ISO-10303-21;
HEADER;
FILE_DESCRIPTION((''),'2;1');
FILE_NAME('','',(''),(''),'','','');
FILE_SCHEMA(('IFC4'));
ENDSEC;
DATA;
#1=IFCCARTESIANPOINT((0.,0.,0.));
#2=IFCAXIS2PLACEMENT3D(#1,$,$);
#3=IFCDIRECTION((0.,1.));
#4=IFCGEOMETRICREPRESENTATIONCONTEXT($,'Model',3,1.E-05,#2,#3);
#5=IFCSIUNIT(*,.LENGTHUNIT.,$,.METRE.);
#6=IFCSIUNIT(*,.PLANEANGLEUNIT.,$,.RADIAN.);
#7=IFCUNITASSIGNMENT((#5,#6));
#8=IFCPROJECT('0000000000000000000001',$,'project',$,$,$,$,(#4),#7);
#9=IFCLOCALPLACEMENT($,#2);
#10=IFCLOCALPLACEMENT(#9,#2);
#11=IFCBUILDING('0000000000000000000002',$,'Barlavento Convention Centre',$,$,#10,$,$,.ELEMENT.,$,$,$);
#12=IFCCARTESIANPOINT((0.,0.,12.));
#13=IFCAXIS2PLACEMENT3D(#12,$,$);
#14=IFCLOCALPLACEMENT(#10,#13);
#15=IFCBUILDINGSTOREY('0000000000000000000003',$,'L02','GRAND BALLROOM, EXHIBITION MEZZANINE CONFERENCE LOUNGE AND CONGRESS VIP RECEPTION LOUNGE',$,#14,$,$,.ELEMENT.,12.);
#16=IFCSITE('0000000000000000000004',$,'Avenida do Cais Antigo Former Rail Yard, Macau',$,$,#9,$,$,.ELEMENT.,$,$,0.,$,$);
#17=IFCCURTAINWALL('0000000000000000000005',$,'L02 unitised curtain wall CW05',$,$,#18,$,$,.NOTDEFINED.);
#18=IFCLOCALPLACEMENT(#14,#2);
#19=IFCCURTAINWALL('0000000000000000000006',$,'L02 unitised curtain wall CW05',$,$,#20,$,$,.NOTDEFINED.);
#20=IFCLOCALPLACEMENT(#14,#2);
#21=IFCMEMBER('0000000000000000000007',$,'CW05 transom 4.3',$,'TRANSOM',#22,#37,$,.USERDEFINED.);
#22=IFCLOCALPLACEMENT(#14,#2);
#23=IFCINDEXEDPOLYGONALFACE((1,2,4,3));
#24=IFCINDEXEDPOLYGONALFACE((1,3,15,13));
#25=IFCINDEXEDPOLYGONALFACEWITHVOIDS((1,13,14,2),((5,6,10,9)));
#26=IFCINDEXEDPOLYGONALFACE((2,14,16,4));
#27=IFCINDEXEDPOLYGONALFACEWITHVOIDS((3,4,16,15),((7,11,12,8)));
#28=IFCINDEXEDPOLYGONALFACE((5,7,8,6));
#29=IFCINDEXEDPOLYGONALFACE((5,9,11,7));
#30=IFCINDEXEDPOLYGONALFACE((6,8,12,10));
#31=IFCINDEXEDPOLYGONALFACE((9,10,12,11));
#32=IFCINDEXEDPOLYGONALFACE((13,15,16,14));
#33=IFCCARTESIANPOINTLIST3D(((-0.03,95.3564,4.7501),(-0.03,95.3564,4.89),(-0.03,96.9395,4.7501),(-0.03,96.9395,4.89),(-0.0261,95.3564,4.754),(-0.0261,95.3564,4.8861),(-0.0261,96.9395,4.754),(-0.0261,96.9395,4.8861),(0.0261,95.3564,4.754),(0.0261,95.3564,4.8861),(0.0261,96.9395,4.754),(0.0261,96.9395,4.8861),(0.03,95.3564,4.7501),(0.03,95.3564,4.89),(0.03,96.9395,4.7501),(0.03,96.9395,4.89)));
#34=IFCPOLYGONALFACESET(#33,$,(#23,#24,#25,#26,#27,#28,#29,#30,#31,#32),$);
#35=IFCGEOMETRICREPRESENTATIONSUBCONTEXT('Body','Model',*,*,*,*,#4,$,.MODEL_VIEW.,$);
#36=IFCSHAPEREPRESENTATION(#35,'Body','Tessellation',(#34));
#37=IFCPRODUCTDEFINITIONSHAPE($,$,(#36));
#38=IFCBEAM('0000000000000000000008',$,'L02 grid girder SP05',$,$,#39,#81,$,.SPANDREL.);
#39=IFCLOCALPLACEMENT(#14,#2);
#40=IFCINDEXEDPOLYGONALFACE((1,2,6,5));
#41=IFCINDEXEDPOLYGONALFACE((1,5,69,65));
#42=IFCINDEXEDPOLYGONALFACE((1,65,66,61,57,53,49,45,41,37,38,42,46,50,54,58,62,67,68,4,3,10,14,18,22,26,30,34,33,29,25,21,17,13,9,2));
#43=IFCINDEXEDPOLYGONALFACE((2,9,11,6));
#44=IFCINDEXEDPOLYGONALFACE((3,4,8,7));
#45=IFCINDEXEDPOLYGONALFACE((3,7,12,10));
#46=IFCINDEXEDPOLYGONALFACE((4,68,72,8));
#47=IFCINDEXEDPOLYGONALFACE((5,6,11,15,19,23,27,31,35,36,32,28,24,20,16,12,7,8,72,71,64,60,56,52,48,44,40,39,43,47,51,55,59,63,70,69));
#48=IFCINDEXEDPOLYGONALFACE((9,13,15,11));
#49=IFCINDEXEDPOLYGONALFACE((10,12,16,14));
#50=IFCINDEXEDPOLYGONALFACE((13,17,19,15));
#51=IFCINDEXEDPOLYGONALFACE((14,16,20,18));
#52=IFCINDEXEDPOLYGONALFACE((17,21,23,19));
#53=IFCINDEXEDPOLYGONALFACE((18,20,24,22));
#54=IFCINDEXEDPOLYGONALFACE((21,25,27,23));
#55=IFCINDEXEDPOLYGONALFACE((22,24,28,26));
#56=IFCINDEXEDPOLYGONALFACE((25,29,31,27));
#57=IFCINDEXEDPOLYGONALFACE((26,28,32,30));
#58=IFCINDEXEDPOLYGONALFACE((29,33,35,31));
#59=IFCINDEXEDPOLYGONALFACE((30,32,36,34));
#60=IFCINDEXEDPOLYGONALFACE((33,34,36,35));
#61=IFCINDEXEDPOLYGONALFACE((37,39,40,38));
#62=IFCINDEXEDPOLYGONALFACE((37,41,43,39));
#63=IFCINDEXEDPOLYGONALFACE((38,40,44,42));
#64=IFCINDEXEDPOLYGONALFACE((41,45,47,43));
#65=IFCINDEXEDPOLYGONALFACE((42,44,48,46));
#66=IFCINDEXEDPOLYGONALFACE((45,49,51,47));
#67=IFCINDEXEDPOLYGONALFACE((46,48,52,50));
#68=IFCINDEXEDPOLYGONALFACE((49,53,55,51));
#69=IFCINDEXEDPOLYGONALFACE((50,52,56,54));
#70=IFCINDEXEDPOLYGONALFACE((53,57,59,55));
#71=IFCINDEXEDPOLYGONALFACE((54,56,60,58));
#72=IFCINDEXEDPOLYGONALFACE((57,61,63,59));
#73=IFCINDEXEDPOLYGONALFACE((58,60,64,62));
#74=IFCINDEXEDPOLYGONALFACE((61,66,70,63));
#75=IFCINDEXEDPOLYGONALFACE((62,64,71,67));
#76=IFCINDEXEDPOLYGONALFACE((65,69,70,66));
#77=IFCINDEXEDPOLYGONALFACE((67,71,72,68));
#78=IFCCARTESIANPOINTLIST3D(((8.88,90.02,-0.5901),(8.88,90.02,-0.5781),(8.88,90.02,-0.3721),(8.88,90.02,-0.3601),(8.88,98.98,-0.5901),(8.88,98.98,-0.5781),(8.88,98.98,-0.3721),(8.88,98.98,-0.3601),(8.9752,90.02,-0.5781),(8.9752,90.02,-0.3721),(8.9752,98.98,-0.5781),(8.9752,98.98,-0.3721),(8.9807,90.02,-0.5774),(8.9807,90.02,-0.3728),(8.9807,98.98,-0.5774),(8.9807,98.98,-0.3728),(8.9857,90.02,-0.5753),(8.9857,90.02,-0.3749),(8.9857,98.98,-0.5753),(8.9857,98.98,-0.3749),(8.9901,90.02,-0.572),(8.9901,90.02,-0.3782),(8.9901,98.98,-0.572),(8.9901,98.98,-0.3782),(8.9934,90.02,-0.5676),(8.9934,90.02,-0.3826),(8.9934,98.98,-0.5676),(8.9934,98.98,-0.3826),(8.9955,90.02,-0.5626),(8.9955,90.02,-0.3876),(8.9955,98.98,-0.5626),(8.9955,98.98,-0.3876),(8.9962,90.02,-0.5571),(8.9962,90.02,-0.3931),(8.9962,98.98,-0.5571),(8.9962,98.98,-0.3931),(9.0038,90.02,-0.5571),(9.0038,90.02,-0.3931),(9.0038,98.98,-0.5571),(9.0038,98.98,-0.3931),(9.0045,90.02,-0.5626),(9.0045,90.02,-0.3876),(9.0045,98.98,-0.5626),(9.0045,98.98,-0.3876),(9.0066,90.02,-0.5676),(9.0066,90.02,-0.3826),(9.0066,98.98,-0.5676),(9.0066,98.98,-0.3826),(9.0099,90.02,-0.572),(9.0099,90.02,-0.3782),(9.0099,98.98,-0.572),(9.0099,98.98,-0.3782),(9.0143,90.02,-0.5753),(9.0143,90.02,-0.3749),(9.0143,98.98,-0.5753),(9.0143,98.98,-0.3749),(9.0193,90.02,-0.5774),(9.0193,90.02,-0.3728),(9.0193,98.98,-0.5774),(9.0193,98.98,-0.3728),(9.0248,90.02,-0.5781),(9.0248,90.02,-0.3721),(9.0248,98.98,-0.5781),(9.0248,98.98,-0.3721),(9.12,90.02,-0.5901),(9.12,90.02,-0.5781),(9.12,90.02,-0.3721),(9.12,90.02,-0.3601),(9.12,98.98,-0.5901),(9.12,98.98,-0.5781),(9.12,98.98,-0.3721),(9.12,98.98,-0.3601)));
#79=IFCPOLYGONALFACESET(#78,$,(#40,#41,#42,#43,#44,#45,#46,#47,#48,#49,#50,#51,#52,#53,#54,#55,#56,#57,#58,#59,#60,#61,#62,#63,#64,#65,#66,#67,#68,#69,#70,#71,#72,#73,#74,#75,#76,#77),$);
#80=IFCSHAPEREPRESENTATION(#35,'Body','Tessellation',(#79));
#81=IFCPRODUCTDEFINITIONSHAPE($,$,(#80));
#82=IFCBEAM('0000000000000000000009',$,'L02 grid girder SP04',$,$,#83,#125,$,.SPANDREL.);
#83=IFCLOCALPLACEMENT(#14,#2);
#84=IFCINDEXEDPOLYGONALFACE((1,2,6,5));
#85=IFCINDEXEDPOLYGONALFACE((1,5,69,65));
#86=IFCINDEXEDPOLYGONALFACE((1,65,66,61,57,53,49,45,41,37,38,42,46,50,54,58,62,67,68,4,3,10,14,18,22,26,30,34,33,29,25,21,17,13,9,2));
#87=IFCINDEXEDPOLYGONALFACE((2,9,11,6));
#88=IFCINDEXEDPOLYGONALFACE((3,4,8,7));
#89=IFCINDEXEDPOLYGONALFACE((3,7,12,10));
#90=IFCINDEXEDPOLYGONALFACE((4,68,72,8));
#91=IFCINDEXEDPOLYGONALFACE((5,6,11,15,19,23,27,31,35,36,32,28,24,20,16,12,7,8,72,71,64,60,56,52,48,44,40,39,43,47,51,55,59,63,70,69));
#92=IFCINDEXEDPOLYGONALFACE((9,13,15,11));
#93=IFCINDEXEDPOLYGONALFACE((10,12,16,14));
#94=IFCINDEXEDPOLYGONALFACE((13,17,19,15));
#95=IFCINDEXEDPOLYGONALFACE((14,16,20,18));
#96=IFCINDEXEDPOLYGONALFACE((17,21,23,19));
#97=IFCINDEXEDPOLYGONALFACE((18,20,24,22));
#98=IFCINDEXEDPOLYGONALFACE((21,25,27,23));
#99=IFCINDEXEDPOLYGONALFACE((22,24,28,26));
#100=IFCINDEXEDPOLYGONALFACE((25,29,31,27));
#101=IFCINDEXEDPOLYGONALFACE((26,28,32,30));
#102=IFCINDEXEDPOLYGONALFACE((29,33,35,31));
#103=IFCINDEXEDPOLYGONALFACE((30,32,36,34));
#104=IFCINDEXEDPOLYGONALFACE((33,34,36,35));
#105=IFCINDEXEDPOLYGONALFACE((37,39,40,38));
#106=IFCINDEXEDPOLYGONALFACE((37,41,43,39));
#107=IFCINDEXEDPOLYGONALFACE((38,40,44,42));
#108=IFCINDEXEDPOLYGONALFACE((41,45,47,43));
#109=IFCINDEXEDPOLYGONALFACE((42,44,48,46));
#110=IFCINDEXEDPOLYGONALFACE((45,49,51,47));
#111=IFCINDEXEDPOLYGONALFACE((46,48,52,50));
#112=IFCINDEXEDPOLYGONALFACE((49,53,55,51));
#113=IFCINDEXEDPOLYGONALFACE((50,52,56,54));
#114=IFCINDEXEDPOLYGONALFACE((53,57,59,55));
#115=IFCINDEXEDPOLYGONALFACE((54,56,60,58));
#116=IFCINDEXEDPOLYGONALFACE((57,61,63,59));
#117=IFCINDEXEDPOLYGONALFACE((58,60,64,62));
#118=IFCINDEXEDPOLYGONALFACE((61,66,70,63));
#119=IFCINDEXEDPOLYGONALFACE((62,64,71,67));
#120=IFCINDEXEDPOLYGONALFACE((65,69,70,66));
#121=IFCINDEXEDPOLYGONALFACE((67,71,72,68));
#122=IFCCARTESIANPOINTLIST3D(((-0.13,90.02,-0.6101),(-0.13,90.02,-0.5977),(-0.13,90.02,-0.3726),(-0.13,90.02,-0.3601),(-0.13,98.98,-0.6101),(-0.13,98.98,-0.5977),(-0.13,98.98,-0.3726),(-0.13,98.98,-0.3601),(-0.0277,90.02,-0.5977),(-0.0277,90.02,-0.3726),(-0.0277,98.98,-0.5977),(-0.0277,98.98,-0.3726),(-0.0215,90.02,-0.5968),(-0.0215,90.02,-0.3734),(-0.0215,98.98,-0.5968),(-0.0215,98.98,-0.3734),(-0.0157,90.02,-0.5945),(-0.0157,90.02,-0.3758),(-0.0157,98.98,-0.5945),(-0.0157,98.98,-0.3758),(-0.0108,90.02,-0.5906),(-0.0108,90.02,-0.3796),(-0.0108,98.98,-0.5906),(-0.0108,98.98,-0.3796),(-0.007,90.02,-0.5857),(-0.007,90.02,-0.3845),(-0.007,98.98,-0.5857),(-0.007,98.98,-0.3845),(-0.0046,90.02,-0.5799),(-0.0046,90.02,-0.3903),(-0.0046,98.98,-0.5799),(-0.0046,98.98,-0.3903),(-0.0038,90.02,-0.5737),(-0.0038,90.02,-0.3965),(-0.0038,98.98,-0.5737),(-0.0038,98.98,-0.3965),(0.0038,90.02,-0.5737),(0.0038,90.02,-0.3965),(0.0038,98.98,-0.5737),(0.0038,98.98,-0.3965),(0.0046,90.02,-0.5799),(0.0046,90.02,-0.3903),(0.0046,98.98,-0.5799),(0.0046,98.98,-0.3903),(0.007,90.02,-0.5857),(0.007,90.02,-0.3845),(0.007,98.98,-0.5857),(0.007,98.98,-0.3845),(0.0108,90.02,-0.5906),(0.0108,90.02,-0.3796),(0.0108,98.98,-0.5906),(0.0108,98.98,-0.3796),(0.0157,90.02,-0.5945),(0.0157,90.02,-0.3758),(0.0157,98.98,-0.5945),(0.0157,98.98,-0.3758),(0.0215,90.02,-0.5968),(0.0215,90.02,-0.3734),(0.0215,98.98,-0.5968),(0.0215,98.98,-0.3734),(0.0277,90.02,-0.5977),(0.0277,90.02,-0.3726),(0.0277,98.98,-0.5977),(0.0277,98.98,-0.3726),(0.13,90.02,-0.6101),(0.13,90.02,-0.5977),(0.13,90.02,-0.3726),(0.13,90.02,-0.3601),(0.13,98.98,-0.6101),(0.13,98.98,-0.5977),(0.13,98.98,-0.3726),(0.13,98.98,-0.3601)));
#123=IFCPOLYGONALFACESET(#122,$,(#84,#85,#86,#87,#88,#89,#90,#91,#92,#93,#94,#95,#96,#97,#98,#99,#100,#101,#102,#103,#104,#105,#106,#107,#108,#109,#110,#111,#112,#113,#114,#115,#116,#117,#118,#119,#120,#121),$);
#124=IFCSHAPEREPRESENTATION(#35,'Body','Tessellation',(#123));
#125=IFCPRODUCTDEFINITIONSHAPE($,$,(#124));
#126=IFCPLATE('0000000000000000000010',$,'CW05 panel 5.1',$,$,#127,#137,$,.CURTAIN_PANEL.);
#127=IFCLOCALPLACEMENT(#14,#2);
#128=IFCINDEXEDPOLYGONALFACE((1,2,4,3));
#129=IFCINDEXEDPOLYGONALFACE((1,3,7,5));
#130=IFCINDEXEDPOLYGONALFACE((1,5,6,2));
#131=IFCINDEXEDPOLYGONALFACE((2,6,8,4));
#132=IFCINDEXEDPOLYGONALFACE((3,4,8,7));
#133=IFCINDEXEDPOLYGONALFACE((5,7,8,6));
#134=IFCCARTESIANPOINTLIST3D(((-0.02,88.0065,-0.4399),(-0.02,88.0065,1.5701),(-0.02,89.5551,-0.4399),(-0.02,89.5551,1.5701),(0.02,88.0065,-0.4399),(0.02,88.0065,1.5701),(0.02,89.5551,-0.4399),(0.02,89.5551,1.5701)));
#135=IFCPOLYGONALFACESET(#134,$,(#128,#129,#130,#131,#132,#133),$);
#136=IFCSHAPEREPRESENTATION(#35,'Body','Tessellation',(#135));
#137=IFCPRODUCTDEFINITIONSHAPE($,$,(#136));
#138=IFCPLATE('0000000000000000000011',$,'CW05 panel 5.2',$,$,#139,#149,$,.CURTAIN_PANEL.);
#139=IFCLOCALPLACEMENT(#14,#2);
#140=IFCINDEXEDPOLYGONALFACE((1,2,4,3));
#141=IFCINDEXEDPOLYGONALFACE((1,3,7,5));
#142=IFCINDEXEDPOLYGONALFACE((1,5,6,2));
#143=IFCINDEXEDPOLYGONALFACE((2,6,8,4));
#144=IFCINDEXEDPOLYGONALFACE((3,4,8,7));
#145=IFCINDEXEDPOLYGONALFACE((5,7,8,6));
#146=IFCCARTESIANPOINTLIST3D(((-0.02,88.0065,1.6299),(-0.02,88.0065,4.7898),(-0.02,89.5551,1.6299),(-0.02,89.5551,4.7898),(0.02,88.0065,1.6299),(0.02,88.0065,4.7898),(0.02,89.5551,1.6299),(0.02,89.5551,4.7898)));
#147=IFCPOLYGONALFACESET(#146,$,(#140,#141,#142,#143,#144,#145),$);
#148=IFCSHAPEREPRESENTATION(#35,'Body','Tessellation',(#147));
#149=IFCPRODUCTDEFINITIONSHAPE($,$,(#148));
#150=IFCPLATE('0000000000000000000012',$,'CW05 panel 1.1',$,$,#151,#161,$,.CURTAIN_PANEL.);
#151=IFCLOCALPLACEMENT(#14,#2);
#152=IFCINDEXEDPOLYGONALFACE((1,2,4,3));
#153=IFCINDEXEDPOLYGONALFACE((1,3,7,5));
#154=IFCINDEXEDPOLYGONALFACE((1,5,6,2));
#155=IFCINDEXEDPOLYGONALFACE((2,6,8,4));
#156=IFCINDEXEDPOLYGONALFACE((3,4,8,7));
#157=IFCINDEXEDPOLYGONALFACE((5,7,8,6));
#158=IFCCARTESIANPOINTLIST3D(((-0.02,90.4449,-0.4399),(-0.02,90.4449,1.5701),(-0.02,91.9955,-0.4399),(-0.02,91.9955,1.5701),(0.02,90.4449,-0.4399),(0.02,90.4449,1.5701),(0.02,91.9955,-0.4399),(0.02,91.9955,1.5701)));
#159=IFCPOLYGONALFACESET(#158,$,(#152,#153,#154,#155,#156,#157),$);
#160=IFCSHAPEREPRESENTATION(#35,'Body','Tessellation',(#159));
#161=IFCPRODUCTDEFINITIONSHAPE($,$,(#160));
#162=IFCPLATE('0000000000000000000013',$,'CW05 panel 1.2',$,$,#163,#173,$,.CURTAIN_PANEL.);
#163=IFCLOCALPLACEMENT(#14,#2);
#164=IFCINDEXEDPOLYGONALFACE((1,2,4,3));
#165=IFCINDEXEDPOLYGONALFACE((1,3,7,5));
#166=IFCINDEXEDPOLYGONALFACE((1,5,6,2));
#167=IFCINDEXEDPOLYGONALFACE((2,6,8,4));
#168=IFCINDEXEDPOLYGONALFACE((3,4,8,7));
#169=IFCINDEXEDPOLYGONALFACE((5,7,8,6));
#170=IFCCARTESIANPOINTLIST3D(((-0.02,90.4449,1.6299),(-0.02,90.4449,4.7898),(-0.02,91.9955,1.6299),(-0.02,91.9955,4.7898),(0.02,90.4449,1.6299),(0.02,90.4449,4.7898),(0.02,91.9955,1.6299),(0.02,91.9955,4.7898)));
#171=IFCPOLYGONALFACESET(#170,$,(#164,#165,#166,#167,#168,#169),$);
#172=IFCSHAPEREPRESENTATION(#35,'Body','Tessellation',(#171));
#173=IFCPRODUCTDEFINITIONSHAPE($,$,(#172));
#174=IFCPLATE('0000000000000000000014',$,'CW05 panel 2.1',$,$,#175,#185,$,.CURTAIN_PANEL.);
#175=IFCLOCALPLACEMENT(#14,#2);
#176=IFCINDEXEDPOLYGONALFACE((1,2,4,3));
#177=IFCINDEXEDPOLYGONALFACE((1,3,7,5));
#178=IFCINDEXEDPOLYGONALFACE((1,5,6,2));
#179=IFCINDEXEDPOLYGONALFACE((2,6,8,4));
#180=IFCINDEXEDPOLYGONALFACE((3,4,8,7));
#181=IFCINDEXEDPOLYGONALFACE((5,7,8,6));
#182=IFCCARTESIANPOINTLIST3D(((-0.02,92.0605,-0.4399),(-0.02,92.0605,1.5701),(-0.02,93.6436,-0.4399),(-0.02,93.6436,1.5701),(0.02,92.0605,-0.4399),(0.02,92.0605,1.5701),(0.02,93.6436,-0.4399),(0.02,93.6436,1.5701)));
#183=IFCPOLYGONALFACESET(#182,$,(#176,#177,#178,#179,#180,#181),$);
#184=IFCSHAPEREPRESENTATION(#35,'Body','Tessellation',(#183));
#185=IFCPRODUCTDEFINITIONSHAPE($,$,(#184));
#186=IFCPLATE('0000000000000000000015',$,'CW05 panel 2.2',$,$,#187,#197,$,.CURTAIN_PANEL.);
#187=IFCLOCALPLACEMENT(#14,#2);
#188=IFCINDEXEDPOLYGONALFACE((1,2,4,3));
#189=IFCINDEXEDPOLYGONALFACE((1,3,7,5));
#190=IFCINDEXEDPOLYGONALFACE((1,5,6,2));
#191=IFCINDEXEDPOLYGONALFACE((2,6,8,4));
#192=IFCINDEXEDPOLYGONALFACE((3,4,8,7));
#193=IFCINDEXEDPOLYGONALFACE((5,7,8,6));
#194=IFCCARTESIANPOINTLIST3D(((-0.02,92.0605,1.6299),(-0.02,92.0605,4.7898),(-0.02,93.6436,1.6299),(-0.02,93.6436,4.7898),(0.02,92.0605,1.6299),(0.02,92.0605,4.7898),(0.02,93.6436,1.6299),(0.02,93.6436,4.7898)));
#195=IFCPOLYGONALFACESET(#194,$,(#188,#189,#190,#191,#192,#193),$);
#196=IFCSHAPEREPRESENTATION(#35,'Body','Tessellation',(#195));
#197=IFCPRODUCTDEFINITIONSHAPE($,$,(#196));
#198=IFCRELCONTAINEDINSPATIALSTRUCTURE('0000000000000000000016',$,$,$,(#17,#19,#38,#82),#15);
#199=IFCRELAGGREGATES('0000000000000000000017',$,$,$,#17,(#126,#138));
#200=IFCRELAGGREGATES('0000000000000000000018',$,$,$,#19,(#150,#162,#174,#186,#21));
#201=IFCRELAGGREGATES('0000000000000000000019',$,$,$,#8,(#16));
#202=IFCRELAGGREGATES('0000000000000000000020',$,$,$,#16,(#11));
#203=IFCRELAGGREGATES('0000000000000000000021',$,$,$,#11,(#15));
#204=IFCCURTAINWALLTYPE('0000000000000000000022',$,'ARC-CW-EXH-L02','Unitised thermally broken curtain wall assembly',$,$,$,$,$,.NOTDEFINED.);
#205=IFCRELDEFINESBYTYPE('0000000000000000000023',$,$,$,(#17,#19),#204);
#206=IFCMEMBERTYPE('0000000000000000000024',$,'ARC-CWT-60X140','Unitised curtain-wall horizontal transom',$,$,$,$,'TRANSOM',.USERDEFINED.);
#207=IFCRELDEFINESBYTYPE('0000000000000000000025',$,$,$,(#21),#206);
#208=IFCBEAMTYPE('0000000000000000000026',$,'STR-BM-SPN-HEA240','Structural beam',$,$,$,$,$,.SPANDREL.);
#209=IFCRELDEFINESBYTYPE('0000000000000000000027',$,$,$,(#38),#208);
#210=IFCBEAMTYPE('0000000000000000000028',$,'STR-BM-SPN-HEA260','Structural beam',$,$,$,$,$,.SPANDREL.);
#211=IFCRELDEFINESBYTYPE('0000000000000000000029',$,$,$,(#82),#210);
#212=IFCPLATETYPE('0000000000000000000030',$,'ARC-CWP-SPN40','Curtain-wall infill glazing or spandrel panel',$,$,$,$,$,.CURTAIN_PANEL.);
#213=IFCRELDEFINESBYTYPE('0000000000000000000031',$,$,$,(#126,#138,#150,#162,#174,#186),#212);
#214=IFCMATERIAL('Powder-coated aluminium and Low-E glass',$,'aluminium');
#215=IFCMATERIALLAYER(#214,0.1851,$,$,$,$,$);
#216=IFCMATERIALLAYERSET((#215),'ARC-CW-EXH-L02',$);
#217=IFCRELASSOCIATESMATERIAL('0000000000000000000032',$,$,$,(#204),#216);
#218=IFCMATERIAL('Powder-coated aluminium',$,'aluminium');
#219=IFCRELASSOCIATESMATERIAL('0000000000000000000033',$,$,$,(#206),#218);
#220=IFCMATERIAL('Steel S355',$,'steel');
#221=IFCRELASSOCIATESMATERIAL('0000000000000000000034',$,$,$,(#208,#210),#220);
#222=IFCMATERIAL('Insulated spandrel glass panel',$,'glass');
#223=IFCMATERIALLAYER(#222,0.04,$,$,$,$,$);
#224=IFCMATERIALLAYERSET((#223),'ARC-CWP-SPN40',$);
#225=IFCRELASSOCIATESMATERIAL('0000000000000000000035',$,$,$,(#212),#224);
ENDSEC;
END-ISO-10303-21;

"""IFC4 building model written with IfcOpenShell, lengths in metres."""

from ifc_helpers import new_model, si_unit, direction, frame, origin, origin_2d, place, context, subcontext, project, spatial, rectangle, hollow_rectangle, i_section, extrude, material, layer, layer_set, material_profile, profile_set, type_object, element, aggregate, save


model = new_model("IFC4")

# Units and contexts
model_context = context("Model", 3, precision=1e-05, world=origin(), true_north=direction((0.0, 1.0)))
body_context = subcontext(model_context, "Body", "Model", "MODEL_VIEW")
ifc_project = project(units=[si_unit("LENGTHUNIT", "METRE"), si_unit("PLANEANGLEUNIT", "RADIAN")], contexts=[model_context])

# Site, building, storey
site_placement = place(None, origin())
site = spatial("IfcSite", under=ifc_project, at=site_placement, Name="Avenida do Cais Antigo Former Rail Yard, Macau", CompositionType="ELEMENT", RefElevation=0.0)
building_placement = place(site_placement, origin())
building = spatial("IfcBuilding", under=site, at=building_placement, Name="Barlavento Convention Centre", CompositionType="ELEMENT")
storey_placement = place(building_placement, frame((0.0, 0.0, 12.0)))
storey = spatial("IfcBuildingStorey", under=building, at=storey_placement, Name="L02", Description="GRAND BALLROOM, EXHIBITION MEZZANINE CONFERENCE LOUNGE AND CONGRESS VIP RECEPTION LOUNGE", CompositionType="ELEMENT", Elevation=12.0)

# Shared definitions
ifc_material_1 = material(Name="Steel S355", Category="steel")

# Curtain wall
ifc_material_2 = material(Name="Powder-coated aluminium and Low-E glass", Category="aluminium")
ifc_layer_1 = layer(ifc_material_2, 0.1851)
ifc_layer_set_1 = layer_set([ifc_layer_1], Name="ARC-CW-EXH-L02")
curtain_wall_type = type_object("IfcCurtainWallType", Name="ARC-CW-EXH-L02", Description="Unitised thermally broken curtain wall assembly", PredefinedType="NOTDEFINED", material=ifc_layer_set_1)
curtain_wall_1_placement = place(storey_placement, origin())
curtain_wall_1 = element("IfcCurtainWall", 1, at=curtain_wall_1_placement, inside=storey, type_object=curtain_wall_type, Name="L02 unitised curtain wall CW05", PredefinedType="NOTDEFINED")
ifc_material_3 = material(Name="Powder-coated aluminium", Category="aluminium")

# Curtain wall
curtain_wall_2_placement = place(storey_placement, origin())
curtain_wall_2 = element("IfcCurtainWall", 2, at=curtain_wall_2_placement, inside=storey, type_object=curtain_wall_type, Name="L02 unitised curtain wall CW05", PredefinedType="NOTDEFINED")

# Member
ifc_material_profile_1 = material_profile(ifc_material_3, hollow_rectangle(XDim=0.0601, YDim=0.1399, WallThickness=0.0039, at=origin_2d()), Name="AL-TRAN 60x140x4")
ifc_profile_set_1 = profile_set([ifc_material_profile_1], Name="Powder-coated aluminium")
member_type_1 = type_object("IfcMemberType", Name="ARC-CWT-60X140", Description="Unitised curtain-wall horizontal transom", ElementType="TRANSOM", PredefinedType="USERDEFINED", material=ifc_profile_set_1)
member_1_placement = place(storey_placement, frame((0.0, 95.3564, 4.8201), z_axis=(0.0, 1.0, 0.0), x_axis=(-1.0, 0.0, 0.0)))
member_1 = element("IfcMember", 3, at=member_1_placement, type_object=member_type_1, Name="CW05 transom 4.3", ObjectType="TRANSOM", PredefinedType="USERDEFINED", context=body_context, shape_type="SweptSolid", body=[
    extrude(hollow_rectangle(XDim=0.0601, YDim=0.1399, WallThickness=0.0039, at=origin_2d()), origin(), (0.0, 0.0, 1.0), 1.583),
])

# Beams
ifc_material_profile_2 = material_profile(ifc_material_1, i_section(OverallWidth=0.24, OverallDepth=0.23, WebThickness=0.0076, FlangeThickness=0.012, FilletRadius=0.021, at=origin_2d()), Name="HEA 240")
ifc_profile_set_2 = profile_set([ifc_material_profile_2], Name="Steel S355")
beam_type_1 = type_object("IfcBeamType", Name="STR-BM-SPN-HEA240", Description="Structural beam", PredefinedType="SPANDREL", material=ifc_profile_set_2)
beam_1_placement = place(storey_placement, frame((9.0, 90.02, -0.4751), z_axis=(0.0, 1.0, 0.0), x_axis=(-1.0, 0.0, 0.0)))
element("IfcBeam", 4, at=beam_1_placement, inside=storey, type_object=beam_type_1, Name="L02 grid girder SP05", PredefinedType="SPANDREL", context=body_context, shape_type="SweptSolid", body=[
    extrude(i_section(OverallWidth=0.24, OverallDepth=0.23, WebThickness=0.0076, FlangeThickness=0.012, FilletRadius=0.021, at=origin_2d()), origin(), (0.0, 0.0, 1.0), 8.96),
])
ifc_material_profile_3 = material_profile(ifc_material_1, i_section(OverallWidth=0.26, OverallDepth=0.25, WebThickness=0.0076, FlangeThickness=0.0125, FilletRadius=0.0239, at=origin_2d()), Name="HEA 260")
ifc_profile_set_3 = profile_set([ifc_material_profile_3], Name="Steel S355")
beam_type_2 = type_object("IfcBeamType", Name="STR-BM-SPN-HEA260", Description="Structural beam", PredefinedType="SPANDREL", material=ifc_profile_set_3)
beam_2_placement = place(storey_placement, frame((0.0, 90.02, -0.4851), z_axis=(0.0, 1.0, 0.0), x_axis=(-1.0, 0.0, 0.0)))
element("IfcBeam", 5, at=beam_2_placement, inside=storey, type_object=beam_type_2, Name="L02 grid girder SP04", PredefinedType="SPANDREL", context=body_context, shape_type="SweptSolid", body=[
    extrude(i_section(OverallWidth=0.26, OverallDepth=0.25, WebThickness=0.0076, FlangeThickness=0.0125, FilletRadius=0.0239, at=origin_2d()), origin(), (0.0, 0.0, 1.0), 8.96),
])

# Plates
ifc_material_4 = material(Name="Insulated spandrel glass panel", Category="glass")
ifc_layer_2 = layer(ifc_material_4, 0.04)
ifc_layer_set_2 = layer_set([ifc_layer_2], Name="ARC-CWP-SPN40")
plate_type = type_object("IfcPlateType", Name="ARC-CWP-SPN40", Description="Curtain-wall infill glazing or spandrel panel", PredefinedType="CURTAIN_PANEL", material=ifc_layer_set_2)
plate_1_placement = place(storey_placement, frame((0.0, 88.7808, -0.4399), z_axis=(0.0, 0.0, 1.0), x_axis=(0.0, 1.0, 0.0)))
plate_1 = element("IfcPlate", 6, at=plate_1_placement, type_object=plate_type, Name="CW05 panel 5.1", PredefinedType="CURTAIN_PANEL", context=body_context, shape_type="SweptSolid", body=[
    extrude(rectangle(XDim=1.5486, YDim=0.04, at=origin_2d()), origin(), (0.0, 0.0, 1.0), 2.01),
])
plate_2_placement = place(storey_placement, frame((0.0, 88.7808, 1.6299), z_axis=(0.0, 0.0, 1.0), x_axis=(0.0, 1.0, 0.0)))
plate_2 = element("IfcPlate", 7, at=plate_2_placement, type_object=plate_type, Name="CW05 panel 5.2", PredefinedType="CURTAIN_PANEL", context=body_context, shape_type="SweptSolid", body=[
    extrude(rectangle(XDim=1.5486, YDim=0.04, at=origin_2d()), origin(), (0.0, 0.0, 1.0), 3.1599),
])
aggregate(curtain_wall_1, [plate_1, plate_2])
plate_3_placement = place(storey_placement, frame((0.0, 91.2202, -0.4399), z_axis=(0.0, 0.0, 1.0), x_axis=(0.0, 1.0, 0.0)))
plate_3 = element("IfcPlate", 8, at=plate_3_placement, type_object=plate_type, Name="CW05 panel 1.1", PredefinedType="CURTAIN_PANEL", context=body_context, shape_type="SweptSolid", body=[
    extrude(rectangle(XDim=1.5505, YDim=0.04, at=origin_2d()), origin(), (0.0, 0.0, 1.0), 2.01),
])
plate_4_placement = place(storey_placement, frame((0.0, 91.2202, 1.6299), z_axis=(0.0, 0.0, 1.0), x_axis=(0.0, 1.0, 0.0)))
plate_4 = element("IfcPlate", 9, at=plate_4_placement, type_object=plate_type, Name="CW05 panel 1.2", PredefinedType="CURTAIN_PANEL", context=body_context, shape_type="SweptSolid", body=[
    extrude(rectangle(XDim=1.5505, YDim=0.04, at=origin_2d()), origin(), (0.0, 0.0, 1.0), 3.1599),
])
plate_5_placement = place(storey_placement, frame((0.0, 92.8521, -0.4399), z_axis=(0.0, 0.0, 1.0), x_axis=(0.0, 1.0, 0.0)))
plate_5 = element("IfcPlate", 10, at=plate_5_placement, type_object=plate_type, Name="CW05 panel 2.1", PredefinedType="CURTAIN_PANEL", context=body_context, shape_type="SweptSolid", body=[
    extrude(rectangle(XDim=1.583, YDim=0.04, at=origin_2d()), origin(), (0.0, 0.0, 1.0), 2.01),
])
plate_6_placement = place(storey_placement, frame((0.0, 92.8521, 1.6299), z_axis=(0.0, 0.0, 1.0), x_axis=(0.0, 1.0, 0.0)))
plate_6 = element("IfcPlate", 11, at=plate_6_placement, type_object=plate_type, Name="CW05 panel 2.2", PredefinedType="CURTAIN_PANEL", context=body_context, shape_type="SweptSolid", body=[
    extrude(rectangle(XDim=1.583, YDim=0.04, at=origin_2d()), origin(), (0.0, 0.0, 1.0), 3.1599),
])
aggregate(curtain_wall_2, [plate_3, plate_4, plate_5, plate_6, member_1])

save(model, "model.ifc")
